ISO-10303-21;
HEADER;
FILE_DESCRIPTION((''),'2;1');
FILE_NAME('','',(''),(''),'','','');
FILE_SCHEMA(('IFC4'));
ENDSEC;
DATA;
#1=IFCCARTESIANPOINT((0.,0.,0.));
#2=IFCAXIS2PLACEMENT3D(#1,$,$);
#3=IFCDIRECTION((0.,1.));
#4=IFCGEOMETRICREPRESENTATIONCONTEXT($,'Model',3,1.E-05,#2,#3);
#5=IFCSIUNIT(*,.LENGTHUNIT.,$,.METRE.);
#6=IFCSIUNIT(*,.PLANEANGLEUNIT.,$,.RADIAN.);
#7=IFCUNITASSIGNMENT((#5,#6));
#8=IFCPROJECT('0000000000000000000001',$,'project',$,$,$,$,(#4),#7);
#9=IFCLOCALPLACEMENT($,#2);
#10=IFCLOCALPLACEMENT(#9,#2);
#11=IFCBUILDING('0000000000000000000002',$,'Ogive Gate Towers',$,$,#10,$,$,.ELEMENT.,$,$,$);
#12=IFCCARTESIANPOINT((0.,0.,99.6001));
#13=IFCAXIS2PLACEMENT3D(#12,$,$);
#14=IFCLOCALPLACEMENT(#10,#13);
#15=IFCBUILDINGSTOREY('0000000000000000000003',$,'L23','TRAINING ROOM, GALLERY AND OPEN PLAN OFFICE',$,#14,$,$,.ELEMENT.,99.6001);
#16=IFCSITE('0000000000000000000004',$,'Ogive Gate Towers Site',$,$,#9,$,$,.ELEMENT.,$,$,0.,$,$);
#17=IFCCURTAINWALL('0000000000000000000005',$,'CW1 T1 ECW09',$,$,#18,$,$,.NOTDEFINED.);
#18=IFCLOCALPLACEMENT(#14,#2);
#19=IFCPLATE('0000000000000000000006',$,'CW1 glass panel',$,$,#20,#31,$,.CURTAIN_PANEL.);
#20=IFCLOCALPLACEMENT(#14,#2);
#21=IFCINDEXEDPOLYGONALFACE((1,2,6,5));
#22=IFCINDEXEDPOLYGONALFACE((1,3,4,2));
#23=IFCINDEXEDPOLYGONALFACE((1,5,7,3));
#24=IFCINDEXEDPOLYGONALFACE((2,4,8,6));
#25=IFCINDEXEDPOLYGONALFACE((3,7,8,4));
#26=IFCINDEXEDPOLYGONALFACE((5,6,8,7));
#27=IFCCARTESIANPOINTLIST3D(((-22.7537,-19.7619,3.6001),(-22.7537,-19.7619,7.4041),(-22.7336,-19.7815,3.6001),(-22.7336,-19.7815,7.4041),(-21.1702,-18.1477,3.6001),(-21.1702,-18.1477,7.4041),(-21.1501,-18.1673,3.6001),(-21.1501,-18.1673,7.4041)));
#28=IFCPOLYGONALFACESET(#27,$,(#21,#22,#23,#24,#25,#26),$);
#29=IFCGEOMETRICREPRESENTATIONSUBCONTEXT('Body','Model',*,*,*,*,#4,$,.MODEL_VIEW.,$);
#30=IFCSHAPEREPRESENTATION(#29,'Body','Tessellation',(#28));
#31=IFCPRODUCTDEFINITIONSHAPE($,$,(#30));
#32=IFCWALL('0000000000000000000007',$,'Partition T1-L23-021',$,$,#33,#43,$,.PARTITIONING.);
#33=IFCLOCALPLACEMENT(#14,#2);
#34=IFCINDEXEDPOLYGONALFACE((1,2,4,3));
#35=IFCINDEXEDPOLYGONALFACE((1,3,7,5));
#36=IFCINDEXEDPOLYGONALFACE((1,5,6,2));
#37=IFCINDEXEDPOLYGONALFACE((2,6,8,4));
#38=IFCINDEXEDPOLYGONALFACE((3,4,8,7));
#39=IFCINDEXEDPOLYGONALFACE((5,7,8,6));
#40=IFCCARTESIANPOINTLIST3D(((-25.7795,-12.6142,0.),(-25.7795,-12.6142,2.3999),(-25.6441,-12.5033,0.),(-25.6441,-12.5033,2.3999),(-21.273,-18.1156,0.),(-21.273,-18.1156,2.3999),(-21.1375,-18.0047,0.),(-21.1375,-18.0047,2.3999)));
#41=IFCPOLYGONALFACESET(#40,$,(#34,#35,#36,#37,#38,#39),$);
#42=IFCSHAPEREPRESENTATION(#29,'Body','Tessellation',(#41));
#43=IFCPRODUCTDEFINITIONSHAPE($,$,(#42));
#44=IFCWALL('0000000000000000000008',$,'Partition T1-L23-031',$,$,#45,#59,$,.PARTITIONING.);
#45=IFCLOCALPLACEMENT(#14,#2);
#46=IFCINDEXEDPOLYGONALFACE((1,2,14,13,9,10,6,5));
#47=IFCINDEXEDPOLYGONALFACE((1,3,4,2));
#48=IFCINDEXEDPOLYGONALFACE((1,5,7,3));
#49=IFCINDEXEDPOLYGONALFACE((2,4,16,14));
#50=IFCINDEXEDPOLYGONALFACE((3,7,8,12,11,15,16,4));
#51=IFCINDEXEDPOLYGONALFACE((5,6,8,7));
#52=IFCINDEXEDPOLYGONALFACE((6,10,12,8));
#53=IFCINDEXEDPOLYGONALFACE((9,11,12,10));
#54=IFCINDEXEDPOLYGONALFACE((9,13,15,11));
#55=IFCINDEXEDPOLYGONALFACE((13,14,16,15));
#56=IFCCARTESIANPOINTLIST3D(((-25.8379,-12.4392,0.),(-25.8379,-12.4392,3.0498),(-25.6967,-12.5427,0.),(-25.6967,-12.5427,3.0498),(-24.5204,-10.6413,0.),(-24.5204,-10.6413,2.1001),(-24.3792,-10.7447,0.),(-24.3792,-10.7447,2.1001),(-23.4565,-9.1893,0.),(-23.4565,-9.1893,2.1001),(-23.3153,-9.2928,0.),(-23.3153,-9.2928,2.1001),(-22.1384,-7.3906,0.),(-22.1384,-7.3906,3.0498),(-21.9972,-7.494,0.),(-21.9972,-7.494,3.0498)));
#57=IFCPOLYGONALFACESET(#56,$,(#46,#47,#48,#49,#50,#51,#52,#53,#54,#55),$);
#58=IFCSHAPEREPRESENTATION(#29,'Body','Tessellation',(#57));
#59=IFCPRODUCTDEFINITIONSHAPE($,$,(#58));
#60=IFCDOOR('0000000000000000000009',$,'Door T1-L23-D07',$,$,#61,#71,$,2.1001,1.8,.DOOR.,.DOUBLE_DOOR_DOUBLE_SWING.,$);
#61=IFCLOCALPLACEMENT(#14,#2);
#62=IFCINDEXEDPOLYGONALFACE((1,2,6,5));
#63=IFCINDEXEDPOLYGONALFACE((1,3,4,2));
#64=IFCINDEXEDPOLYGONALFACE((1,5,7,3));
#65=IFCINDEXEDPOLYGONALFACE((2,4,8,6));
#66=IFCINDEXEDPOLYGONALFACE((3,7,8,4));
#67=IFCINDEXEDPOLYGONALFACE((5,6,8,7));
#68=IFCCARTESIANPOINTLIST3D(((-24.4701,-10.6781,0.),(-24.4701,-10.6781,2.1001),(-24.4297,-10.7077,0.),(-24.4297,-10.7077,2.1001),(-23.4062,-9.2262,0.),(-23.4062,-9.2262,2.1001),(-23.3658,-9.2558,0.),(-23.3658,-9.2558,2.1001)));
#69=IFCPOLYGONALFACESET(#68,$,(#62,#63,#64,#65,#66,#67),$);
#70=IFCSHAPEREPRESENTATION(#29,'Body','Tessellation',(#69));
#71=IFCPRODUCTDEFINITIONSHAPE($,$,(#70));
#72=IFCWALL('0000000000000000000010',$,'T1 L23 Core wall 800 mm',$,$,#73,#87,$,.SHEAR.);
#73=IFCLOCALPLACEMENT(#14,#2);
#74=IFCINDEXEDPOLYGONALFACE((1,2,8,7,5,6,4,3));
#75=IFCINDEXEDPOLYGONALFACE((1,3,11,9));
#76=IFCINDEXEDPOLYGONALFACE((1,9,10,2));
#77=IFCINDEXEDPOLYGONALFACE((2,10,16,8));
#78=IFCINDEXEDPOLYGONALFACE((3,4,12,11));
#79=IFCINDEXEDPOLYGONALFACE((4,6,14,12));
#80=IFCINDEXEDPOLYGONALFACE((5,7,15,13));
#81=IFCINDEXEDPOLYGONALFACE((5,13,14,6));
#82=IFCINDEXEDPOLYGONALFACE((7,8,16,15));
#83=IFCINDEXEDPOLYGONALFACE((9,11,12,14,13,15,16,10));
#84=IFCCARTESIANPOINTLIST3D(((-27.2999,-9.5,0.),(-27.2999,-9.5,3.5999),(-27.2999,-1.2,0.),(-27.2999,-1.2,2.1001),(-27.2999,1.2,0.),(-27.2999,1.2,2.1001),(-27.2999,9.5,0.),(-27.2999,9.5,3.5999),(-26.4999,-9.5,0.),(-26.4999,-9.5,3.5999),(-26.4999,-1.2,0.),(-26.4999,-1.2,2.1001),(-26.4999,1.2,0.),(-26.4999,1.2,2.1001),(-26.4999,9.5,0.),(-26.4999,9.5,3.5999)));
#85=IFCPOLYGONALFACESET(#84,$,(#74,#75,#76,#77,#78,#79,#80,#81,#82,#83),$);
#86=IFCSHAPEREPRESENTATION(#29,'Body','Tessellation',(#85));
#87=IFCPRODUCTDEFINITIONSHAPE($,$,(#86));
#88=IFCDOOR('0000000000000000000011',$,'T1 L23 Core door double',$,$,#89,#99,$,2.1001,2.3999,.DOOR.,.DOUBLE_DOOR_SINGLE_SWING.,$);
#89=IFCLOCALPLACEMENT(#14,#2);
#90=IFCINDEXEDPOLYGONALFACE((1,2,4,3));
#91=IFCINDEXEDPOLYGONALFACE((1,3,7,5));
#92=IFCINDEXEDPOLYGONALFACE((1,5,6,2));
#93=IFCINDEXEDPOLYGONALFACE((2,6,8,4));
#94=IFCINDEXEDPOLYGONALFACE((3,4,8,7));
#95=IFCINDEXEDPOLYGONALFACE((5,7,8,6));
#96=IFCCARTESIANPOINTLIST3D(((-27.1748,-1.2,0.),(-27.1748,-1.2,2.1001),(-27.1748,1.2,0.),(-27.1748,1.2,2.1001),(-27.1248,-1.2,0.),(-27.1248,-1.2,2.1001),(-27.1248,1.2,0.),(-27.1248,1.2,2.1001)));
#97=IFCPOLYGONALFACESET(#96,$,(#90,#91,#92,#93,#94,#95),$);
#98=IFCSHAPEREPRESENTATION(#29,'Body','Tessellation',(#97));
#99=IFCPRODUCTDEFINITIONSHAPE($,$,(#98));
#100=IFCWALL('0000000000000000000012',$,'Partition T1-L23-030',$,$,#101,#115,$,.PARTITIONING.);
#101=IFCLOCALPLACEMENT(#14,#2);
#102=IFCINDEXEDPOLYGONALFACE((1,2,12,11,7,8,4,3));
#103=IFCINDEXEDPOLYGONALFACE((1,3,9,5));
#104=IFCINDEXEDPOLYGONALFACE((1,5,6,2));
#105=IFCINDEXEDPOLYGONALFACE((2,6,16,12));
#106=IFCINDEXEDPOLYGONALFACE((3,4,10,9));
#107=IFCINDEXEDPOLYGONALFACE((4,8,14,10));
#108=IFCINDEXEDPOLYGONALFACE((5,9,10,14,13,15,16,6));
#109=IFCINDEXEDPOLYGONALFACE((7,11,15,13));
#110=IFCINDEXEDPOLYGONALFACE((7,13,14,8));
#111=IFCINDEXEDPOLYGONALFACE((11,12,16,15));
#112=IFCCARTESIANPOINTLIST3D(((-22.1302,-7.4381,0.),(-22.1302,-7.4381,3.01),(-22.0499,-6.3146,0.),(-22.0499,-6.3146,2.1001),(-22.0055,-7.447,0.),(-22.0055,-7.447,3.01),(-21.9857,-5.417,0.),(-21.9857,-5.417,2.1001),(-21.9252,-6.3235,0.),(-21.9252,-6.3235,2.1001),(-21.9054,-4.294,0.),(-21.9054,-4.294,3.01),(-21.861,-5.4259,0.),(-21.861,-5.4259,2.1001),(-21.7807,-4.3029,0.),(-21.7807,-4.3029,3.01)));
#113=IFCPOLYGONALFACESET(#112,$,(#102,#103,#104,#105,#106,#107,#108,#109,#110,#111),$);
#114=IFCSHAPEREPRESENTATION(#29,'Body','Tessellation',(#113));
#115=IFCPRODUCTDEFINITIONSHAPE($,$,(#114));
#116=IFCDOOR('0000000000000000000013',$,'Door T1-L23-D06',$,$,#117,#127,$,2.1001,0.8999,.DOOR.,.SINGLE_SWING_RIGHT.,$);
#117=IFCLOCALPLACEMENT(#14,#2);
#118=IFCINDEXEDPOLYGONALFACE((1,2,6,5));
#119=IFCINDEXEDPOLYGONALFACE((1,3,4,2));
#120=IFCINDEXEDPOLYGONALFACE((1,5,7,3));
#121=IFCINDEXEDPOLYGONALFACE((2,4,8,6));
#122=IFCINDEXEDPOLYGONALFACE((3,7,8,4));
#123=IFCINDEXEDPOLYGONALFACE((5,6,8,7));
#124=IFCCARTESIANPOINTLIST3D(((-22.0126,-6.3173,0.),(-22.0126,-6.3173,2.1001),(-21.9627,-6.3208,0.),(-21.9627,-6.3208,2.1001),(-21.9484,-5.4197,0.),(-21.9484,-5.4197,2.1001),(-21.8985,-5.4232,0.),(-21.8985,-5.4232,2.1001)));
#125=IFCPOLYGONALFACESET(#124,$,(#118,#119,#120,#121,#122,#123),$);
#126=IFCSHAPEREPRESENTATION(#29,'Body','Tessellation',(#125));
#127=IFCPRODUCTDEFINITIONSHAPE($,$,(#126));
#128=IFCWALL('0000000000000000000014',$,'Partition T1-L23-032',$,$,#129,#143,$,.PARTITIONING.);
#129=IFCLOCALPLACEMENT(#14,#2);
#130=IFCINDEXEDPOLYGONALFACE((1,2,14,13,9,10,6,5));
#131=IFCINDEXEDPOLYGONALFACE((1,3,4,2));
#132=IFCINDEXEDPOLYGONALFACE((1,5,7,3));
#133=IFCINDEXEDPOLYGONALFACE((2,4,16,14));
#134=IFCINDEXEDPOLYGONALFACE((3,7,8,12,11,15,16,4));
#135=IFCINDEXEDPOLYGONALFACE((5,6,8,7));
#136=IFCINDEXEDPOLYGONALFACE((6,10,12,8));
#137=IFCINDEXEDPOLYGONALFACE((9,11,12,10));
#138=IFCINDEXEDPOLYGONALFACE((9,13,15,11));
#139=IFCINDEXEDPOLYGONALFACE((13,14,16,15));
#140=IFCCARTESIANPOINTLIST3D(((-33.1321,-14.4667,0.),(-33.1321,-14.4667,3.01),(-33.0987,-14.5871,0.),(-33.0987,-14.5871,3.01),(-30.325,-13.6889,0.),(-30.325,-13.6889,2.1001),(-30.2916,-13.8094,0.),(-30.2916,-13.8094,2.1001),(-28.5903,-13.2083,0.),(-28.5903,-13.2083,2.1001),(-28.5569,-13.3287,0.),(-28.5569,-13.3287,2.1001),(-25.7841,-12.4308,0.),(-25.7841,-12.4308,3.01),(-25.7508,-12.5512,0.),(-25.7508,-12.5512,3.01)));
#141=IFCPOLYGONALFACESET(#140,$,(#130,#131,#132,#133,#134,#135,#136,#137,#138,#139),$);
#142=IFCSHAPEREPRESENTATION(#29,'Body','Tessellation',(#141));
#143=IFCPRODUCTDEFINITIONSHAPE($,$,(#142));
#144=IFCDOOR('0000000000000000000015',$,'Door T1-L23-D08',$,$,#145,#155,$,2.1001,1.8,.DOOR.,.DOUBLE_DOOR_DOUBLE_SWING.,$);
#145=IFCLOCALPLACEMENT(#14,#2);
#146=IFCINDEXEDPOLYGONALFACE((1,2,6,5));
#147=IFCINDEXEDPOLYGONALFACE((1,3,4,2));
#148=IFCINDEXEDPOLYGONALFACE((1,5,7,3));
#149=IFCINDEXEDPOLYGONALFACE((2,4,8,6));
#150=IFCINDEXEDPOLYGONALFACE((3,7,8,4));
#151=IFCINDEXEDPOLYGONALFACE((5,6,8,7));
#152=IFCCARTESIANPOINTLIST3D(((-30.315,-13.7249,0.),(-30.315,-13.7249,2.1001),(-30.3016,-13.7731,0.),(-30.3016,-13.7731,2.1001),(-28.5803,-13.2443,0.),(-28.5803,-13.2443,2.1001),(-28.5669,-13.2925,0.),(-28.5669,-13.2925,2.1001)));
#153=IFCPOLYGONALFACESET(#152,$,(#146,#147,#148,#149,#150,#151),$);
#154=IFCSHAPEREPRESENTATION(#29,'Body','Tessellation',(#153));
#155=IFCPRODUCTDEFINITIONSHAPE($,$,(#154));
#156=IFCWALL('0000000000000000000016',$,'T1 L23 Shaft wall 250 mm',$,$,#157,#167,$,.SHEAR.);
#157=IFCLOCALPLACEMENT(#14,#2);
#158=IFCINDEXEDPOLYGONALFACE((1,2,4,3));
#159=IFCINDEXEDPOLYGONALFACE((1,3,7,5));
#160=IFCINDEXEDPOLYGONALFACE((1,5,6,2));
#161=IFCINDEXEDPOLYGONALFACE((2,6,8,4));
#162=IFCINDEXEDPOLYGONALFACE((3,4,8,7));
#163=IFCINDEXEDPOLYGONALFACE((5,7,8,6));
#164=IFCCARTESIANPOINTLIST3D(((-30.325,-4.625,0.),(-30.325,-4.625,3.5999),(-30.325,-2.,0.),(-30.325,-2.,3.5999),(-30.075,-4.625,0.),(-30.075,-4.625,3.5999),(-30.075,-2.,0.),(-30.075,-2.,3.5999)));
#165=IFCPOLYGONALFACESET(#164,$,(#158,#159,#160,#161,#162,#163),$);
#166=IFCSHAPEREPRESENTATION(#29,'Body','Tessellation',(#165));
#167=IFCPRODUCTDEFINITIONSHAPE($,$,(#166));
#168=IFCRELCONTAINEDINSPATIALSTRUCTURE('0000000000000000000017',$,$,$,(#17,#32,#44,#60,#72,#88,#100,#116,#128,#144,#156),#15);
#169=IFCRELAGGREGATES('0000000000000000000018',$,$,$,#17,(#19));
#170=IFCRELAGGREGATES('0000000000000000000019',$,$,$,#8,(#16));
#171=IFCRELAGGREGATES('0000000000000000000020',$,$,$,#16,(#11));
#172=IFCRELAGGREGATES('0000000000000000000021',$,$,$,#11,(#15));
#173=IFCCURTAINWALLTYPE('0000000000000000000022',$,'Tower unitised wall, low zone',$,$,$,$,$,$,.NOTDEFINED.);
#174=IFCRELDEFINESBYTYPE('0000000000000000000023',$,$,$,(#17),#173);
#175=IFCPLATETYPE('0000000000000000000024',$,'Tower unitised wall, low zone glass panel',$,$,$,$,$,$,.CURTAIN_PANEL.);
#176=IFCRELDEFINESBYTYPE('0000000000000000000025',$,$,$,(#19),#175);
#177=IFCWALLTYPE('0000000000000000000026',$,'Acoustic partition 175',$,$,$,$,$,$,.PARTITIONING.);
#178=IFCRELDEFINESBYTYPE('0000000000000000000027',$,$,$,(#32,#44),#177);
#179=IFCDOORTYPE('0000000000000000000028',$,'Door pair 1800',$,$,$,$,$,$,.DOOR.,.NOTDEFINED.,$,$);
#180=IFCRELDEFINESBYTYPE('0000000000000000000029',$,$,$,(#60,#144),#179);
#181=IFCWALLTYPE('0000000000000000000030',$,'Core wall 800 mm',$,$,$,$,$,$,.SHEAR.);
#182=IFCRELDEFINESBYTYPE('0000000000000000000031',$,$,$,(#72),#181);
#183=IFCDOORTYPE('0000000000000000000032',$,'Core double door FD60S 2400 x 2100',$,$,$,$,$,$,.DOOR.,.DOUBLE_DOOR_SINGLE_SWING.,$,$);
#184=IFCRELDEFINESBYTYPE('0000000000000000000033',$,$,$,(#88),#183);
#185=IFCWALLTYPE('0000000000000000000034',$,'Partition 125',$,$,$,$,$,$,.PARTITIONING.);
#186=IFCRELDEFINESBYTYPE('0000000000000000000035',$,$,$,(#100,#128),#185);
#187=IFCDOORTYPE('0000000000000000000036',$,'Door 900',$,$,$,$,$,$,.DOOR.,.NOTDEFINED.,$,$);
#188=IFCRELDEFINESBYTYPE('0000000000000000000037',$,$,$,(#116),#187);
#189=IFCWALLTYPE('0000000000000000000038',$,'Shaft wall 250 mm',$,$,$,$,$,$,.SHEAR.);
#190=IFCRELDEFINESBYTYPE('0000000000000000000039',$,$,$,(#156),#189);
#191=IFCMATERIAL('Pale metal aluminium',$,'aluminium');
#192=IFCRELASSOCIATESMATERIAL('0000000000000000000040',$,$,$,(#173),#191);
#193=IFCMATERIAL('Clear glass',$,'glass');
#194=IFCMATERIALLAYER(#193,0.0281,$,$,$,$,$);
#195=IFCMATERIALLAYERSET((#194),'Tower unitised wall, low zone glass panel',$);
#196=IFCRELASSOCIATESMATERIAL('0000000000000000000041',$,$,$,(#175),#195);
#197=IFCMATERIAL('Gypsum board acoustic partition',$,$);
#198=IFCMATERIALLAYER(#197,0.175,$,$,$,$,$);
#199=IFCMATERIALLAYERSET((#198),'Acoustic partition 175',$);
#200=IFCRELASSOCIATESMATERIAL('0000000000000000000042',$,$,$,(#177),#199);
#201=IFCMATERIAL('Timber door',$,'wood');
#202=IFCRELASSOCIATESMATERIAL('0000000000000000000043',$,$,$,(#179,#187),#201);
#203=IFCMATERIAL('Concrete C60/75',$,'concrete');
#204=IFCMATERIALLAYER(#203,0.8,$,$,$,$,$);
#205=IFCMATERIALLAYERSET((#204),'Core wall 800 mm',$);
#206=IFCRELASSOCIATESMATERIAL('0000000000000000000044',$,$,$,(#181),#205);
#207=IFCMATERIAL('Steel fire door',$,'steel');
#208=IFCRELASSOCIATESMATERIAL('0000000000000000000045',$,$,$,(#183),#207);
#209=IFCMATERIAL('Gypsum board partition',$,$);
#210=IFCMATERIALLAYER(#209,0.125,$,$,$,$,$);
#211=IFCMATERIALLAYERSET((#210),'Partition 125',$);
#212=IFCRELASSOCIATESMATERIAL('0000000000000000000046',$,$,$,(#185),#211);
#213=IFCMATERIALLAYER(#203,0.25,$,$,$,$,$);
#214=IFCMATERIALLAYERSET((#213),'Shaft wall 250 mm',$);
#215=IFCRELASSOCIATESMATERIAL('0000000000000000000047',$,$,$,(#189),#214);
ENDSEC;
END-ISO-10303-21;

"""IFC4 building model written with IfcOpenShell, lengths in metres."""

from ifc_helpers import new_model, si_unit, direction, frame, frame_2d, origin, origin_2d, place, context, subcontext, project, spatial, rectangle, extrude, material, layer, layer_set, type_object, element, fill, aggregate, save


model = new_model("IFC4")

# Units and contexts
model_context = context("Model", 3, precision=1e-05, world=origin(), true_north=direction((0.0, 1.0)))
body_context = subcontext(model_context, "Body", "Model", "MODEL_VIEW")
ifc_project = project(units=[si_unit("LENGTHUNIT", "METRE"), si_unit("PLANEANGLEUNIT", "RADIAN")], contexts=[model_context])

# Site, building, storey
site_placement = place(None, origin())
site = spatial("IfcSite", under=ifc_project, at=site_placement, Name="Ogive Gate Towers Site", CompositionType="ELEMENT", RefElevation=0.0)
building_placement = place(site_placement, origin())
building = spatial("IfcBuilding", under=site, at=building_placement, Name="Ogive Gate Towers", CompositionType="ELEMENT")
storey_placement = place(building_placement, frame((0.0, 0.0, 99.6001)))
storey = spatial("IfcBuildingStorey", under=building, at=storey_placement, Name="L23", Description="TRAINING ROOM, GALLERY AND OPEN PLAN OFFICE", CompositionType="ELEMENT", Elevation=99.6001)

# Curtain wall
ifc_material_1 = material(Name="Pale metal aluminium", Category="aluminium")
curtain_wall_type = type_object("IfcCurtainWallType", Name="Tower unitised wall, low zone", PredefinedType="NOTDEFINED", material=ifc_material_1)
curtain_wall_placement = place(storey_placement, origin())
curtain_wall = element("IfcCurtainWall", 1, at=curtain_wall_placement, inside=storey, type_object=curtain_wall_type, Name="CW1 T1 ECW09", PredefinedType="NOTDEFINED")

# Plate
ifc_material_2 = material(Name="Clear glass", Category="glass")
ifc_layer_1 = layer(ifc_material_2, 0.0281)
ifc_layer_set_1 = layer_set([ifc_layer_1], Name="Tower unitised wall, low zone glass panel")
plate_type = type_object("IfcPlateType", Name="Tower unitised wall, low zone glass panel", PredefinedType="CURTAIN_PANEL", material=ifc_layer_set_1)
plate_1_placement = place(storey_placement, frame((-21.9519, -18.9646, 3.6001), z_axis=(0.0, 0.0, 1.0), x_axis=(-0.700287, -0.713862, 0.0)))
plate_1 = element("IfcPlate", 2, at=plate_1_placement, type_object=plate_type, Name="CW1 glass panel", PredefinedType="CURTAIN_PANEL", context=body_context, shape_type="SweptSolid", body=[
    extrude(rectangle(XDim=2.2612, YDim=0.0281, at=origin_2d()), origin(), (0.0, 0.0, 1.0), 3.804),
])
aggregate(curtain_wall, [plate_1])

# Wall
ifc_material_3 = material(Name="Gypsum board acoustic partition")
ifc_layer_2 = layer(ifc_material_3, 0.175)
ifc_layer_set_2 = layer_set([ifc_layer_2], Name="Acoustic partition 175")
wall_type_1 = type_object("IfcWallType", Name="Acoustic partition 175", PredefinedType="PARTITIONING", material=ifc_layer_set_2)
wall_1_placement = place(storey_placement, frame((-21.2053, -18.0601, 0.0), z_axis=(0.0, 0.0, 1.0), x_axis=(-0.633692, 0.773585, 0.0)))
element("IfcWall", 3, at=wall_1_placement, inside=storey, type_object=wall_type_1, Name="Partition T1-L23-021", PredefinedType="PARTITIONING", context=body_context, shape_type="SweptSolid", body=[
    extrude(rectangle(XDim=7.1116, YDim=0.175, at=frame_2d((3.5557, 0.0))), origin(), (0.0, 0.0, 1.0), 2.3999),
])

# Walls, openings, doors
wall_2_placement = place(storey_placement, frame((-22.0679, -7.4424, 0.0), z_axis=(0.0, 0.0, 1.0), x_axis=(-0.591069, -0.806621, 0.0)))
wall_2 = element("IfcWall", 4, at=wall_2_placement, inside=storey, type_object=wall_type_1, Name="Partition T1-L23-031", PredefinedType="PARTITIONING", context=body_context, shape_type="SweptSolid", body=[
    extrude(rectangle(XDim=6.259, YDim=0.175, at=frame_2d((3.1294, 0.0))), origin(), (0.0, 0.0, 1.0), 3.0498),
])
opening_1_placement = place(wall_2_placement, frame((2.23, 0.0, 0.0)))
opening_1 = element("IfcOpeningElement", 5, at=opening_1_placement, cuts=wall_2, PredefinedType="OPENING", context=body_context, shape_type="SweptSolid", body=[
    extrude(rectangle(XDim=1.8, YDim=2.1001, at=frame_2d((0.8999, 1.05))), frame((0.0, 0.0977, 0.0), z_axis=(0.0, -1.0, 0.0), x_axis=(1.0, 0.0, 0.0)), (0.0, 0.0, 1.0), 0.1951),
])
ifc_material_4 = material(Name="Timber door", Category="wood")
door_type_1 = type_object("IfcDoorType", Name="Door pair 1800", OperationType="NOTDEFINED", PredefinedType="DOOR", material=ifc_material_4)
door_1_placement = place(opening_1_placement, origin())
door_1 = element("IfcDoor", 6, at=door_1_placement, inside=storey, type_object=door_type_1, Name="Door T1-L23-D07", OperationType="DOUBLE_DOOR_DOUBLE_SWING", OverallHeight=2.1001, OverallWidth=1.8, PredefinedType="DOOR", context=body_context, shape_type="SweptSolid", body=[
    extrude(rectangle(XDim=1.8, YDim=2.1001, at=frame_2d((0.8999, 1.05))), frame((0.0, 0.0249, 0.0), z_axis=(0.0, -1.0, 0.0), x_axis=(1.0, 0.0, 0.0)), (0.0, 0.0, 1.0), 0.05),
])
fill(opening_1, door_1)
ifc_material_5 = material(Name="Concrete C60/75", Category="concrete")
ifc_layer_3 = layer(ifc_material_5, 0.8)
ifc_layer_set_3 = layer_set([ifc_layer_3], Name="Core wall 800 mm")
wall_type_2 = type_object("IfcWallType", Name="Core wall 800 mm", PredefinedType="SHEAR", material=ifc_layer_set_3)
wall_3_placement = place(storey_placement, frame((-26.8999, -9.5, 0.0), z_axis=(0.0, 0.0, 1.0), x_axis=(0.0, 1.0, 0.0)))
wall_3 = element("IfcWall", 7, at=wall_3_placement, inside=storey, type_object=wall_type_2, Name="T1 L23 Core wall 800 mm", PredefinedType="SHEAR", context=body_context, shape_type="SweptSolid", body=[
    extrude(rectangle(XDim=19.0, YDim=0.8, at=frame_2d((9.5, 0.0))), origin(), (0.0, 0.0, 1.0), 3.5999),
])
opening_2_placement = place(wall_3_placement, frame((8.3, 0.0, 0.0)))
opening_2 = element("IfcOpeningElement", 8, at=opening_2_placement, cuts=wall_3, PredefinedType="OPENING", context=body_context, shape_type="SweptSolid", body=[
    extrude(rectangle(XDim=2.3999, YDim=2.1001, at=frame_2d((1.2, 1.05))), frame((0.0, 0.4102, 0.0), z_axis=(0.0, -1.0, 0.0), x_axis=(1.0, 0.0, 0.0)), (0.0, 0.0, 1.0), 0.8201),
])
ifc_material_6 = material(Name="Steel fire door", Category="steel")
door_type_2 = type_object("IfcDoorType", Name="Core double door FD60S 2400 x 2100", OperationType="DOUBLE_DOOR_SINGLE_SWING", PredefinedType="DOOR", material=ifc_material_6)
door_2_placement = place(opening_2_placement, origin())
door_2 = element("IfcDoor", 9, at=door_2_placement, inside=storey, type_object=door_type_2, Name="T1 L23 Core door double", OperationType="DOUBLE_DOOR_SINGLE_SWING", OverallHeight=2.1001, OverallWidth=2.3999, PredefinedType="DOOR", context=body_context, shape_type="SweptSolid", body=[
    extrude(rectangle(XDim=2.3999, YDim=2.1001, at=frame_2d((1.2, 1.05))), frame((0.0, 0.2749, 0.0), z_axis=(0.0, -1.0, 0.0), x_axis=(1.0, 0.0, 0.0)), (0.0, 0.0, 1.0), 0.05),
])
fill(opening_2, door_2)
ifc_material_7 = material(Name="Gypsum board partition")
ifc_layer_4 = layer(ifc_material_7, 0.125)
ifc_layer_set_4 = layer_set([ifc_layer_4], Name="Partition 125")
wall_type_3 = type_object("IfcWallType", Name="Partition 125", PredefinedType="PARTITIONING", material=ifc_layer_set_4)
wall_4_placement = place(storey_placement, frame((-21.843, -4.2983, 0.0), z_axis=(0.0, 0.0, 1.0), x_axis=(-0.071335, -0.997452, 0.0)))
wall_4 = element("IfcWall", 10, at=wall_4_placement, inside=storey, type_object=wall_type_3, Name="Partition T1-L23-030", PredefinedType="PARTITIONING", context=body_context, shape_type="SweptSolid", body=[
    extrude(rectangle(XDim=3.1521, YDim=0.125, at=frame_2d((1.5762, 0.0))), origin(), (0.0, 0.0, 1.0), 3.01),
])
opening_3_placement = place(wall_4_placement, frame((1.126, 0.0, 0.0)))
opening_3 = element("IfcOpeningElement", 11, at=opening_3_placement, cuts=wall_4, PredefinedType="OPENING", context=body_context, shape_type="SweptSolid", body=[
    extrude(rectangle(XDim=0.8999, YDim=2.1001, at=frame_2d((0.45, 1.05))), frame((0.0, 0.0725, 0.0), z_axis=(0.0, -1.0, 0.0), x_axis=(1.0, 0.0, 0.0)), (0.0, 0.0, 1.0), 0.145),
])
door_type_3 = type_object("IfcDoorType", Name="Door 900", OperationType="NOTDEFINED", PredefinedType="DOOR", material=ifc_material_4)
door_3_placement = place(opening_3_placement, origin())
door_3 = element("IfcDoor", 12, at=door_3_placement, inside=storey, type_object=door_type_3, Name="Door T1-L23-D06", OperationType="SINGLE_SWING_RIGHT", OverallHeight=2.1001, OverallWidth=0.8999, PredefinedType="DOOR", context=body_context, shape_type="SweptSolid", body=[
    extrude(rectangle(XDim=0.8999, YDim=2.1001, at=frame_2d((0.45, 1.05))), frame((0.0, 0.0249, 0.0), z_axis=(0.0, -1.0, 0.0), x_axis=(1.0, 0.0, 0.0)), (0.0, 0.0, 1.0), 0.05),
])
fill(opening_3, door_3)
wall_5_placement = place(storey_placement, frame((-25.7673, -12.491, 0.0), z_axis=(0.0, 0.0, 1.0), x_axis=(-0.963693, -0.267011, 0.0)))
wall_5 = element("IfcWall", 13, at=wall_5_placement, inside=storey, type_object=wall_type_3, Name="Partition T1-L23-032", PredefinedType="PARTITIONING", context=body_context, shape_type="SweptSolid", body=[
    extrude(rectangle(XDim=7.6248, YDim=0.125, at=frame_2d((3.8125, 0.0))), origin(), (0.0, 0.0, 1.0), 3.01),
])
opening_4_placement = place(wall_5_placement, frame((2.9121, 0.0, 0.0)))
opening_4 = element("IfcOpeningElement", 14, at=opening_4_placement, cuts=wall_5, PredefinedType="OPENING", context=body_context, shape_type="SweptSolid", body=[
    extrude(rectangle(XDim=1.8, YDim=2.1001, at=frame_2d((0.8999, 1.05))), frame((0.0, 0.0725, 0.0), z_axis=(0.0, -1.0, 0.0), x_axis=(1.0, 0.0, 0.0)), (0.0, 0.0, 1.0), 0.145),
])
door_4_placement = place(opening_4_placement, origin())
door_4 = element("IfcDoor", 15, at=door_4_placement, inside=storey, type_object=door_type_1, Name="Door T1-L23-D08", OperationType="DOUBLE_DOOR_DOUBLE_SWING", OverallHeight=2.1001, OverallWidth=1.8, PredefinedType="DOOR", context=body_context, shape_type="SweptSolid", body=[
    extrude(rectangle(XDim=1.8, YDim=2.1001, at=frame_2d((0.8999, 1.05))), frame((0.0, 0.0249, 0.0), z_axis=(0.0, -1.0, 0.0), x_axis=(1.0, 0.0, 0.0)), (0.0, 0.0, 1.0), 0.05),
])
fill(opening_4, door_4)

# Wall
ifc_layer_5 = layer(ifc_material_5, 0.25)
ifc_layer_set_5 = layer_set([ifc_layer_5], Name="Shaft wall 250 mm")
wall_type_4 = type_object("IfcWallType", Name="Shaft wall 250 mm", PredefinedType="SHEAR", material=ifc_layer_set_5)
wall_6_placement = place(storey_placement, frame((-30.2, -4.625, 0.0), z_axis=(0.0, 0.0, 1.0), x_axis=(0.0, 1.0, 0.0)))
element("IfcWall", 16, at=wall_6_placement, inside=storey, type_object=wall_type_4, Name="T1 L23 Shaft wall 250 mm", PredefinedType="SHEAR", context=body_context, shape_type="SweptSolid", body=[
    extrude(rectangle(XDim=2.625, YDim=0.25, at=frame_2d((1.3125, 0.0))), origin(), (0.0, 0.0, 1.0), 3.5999),
])

save(model, "model.ifc")
